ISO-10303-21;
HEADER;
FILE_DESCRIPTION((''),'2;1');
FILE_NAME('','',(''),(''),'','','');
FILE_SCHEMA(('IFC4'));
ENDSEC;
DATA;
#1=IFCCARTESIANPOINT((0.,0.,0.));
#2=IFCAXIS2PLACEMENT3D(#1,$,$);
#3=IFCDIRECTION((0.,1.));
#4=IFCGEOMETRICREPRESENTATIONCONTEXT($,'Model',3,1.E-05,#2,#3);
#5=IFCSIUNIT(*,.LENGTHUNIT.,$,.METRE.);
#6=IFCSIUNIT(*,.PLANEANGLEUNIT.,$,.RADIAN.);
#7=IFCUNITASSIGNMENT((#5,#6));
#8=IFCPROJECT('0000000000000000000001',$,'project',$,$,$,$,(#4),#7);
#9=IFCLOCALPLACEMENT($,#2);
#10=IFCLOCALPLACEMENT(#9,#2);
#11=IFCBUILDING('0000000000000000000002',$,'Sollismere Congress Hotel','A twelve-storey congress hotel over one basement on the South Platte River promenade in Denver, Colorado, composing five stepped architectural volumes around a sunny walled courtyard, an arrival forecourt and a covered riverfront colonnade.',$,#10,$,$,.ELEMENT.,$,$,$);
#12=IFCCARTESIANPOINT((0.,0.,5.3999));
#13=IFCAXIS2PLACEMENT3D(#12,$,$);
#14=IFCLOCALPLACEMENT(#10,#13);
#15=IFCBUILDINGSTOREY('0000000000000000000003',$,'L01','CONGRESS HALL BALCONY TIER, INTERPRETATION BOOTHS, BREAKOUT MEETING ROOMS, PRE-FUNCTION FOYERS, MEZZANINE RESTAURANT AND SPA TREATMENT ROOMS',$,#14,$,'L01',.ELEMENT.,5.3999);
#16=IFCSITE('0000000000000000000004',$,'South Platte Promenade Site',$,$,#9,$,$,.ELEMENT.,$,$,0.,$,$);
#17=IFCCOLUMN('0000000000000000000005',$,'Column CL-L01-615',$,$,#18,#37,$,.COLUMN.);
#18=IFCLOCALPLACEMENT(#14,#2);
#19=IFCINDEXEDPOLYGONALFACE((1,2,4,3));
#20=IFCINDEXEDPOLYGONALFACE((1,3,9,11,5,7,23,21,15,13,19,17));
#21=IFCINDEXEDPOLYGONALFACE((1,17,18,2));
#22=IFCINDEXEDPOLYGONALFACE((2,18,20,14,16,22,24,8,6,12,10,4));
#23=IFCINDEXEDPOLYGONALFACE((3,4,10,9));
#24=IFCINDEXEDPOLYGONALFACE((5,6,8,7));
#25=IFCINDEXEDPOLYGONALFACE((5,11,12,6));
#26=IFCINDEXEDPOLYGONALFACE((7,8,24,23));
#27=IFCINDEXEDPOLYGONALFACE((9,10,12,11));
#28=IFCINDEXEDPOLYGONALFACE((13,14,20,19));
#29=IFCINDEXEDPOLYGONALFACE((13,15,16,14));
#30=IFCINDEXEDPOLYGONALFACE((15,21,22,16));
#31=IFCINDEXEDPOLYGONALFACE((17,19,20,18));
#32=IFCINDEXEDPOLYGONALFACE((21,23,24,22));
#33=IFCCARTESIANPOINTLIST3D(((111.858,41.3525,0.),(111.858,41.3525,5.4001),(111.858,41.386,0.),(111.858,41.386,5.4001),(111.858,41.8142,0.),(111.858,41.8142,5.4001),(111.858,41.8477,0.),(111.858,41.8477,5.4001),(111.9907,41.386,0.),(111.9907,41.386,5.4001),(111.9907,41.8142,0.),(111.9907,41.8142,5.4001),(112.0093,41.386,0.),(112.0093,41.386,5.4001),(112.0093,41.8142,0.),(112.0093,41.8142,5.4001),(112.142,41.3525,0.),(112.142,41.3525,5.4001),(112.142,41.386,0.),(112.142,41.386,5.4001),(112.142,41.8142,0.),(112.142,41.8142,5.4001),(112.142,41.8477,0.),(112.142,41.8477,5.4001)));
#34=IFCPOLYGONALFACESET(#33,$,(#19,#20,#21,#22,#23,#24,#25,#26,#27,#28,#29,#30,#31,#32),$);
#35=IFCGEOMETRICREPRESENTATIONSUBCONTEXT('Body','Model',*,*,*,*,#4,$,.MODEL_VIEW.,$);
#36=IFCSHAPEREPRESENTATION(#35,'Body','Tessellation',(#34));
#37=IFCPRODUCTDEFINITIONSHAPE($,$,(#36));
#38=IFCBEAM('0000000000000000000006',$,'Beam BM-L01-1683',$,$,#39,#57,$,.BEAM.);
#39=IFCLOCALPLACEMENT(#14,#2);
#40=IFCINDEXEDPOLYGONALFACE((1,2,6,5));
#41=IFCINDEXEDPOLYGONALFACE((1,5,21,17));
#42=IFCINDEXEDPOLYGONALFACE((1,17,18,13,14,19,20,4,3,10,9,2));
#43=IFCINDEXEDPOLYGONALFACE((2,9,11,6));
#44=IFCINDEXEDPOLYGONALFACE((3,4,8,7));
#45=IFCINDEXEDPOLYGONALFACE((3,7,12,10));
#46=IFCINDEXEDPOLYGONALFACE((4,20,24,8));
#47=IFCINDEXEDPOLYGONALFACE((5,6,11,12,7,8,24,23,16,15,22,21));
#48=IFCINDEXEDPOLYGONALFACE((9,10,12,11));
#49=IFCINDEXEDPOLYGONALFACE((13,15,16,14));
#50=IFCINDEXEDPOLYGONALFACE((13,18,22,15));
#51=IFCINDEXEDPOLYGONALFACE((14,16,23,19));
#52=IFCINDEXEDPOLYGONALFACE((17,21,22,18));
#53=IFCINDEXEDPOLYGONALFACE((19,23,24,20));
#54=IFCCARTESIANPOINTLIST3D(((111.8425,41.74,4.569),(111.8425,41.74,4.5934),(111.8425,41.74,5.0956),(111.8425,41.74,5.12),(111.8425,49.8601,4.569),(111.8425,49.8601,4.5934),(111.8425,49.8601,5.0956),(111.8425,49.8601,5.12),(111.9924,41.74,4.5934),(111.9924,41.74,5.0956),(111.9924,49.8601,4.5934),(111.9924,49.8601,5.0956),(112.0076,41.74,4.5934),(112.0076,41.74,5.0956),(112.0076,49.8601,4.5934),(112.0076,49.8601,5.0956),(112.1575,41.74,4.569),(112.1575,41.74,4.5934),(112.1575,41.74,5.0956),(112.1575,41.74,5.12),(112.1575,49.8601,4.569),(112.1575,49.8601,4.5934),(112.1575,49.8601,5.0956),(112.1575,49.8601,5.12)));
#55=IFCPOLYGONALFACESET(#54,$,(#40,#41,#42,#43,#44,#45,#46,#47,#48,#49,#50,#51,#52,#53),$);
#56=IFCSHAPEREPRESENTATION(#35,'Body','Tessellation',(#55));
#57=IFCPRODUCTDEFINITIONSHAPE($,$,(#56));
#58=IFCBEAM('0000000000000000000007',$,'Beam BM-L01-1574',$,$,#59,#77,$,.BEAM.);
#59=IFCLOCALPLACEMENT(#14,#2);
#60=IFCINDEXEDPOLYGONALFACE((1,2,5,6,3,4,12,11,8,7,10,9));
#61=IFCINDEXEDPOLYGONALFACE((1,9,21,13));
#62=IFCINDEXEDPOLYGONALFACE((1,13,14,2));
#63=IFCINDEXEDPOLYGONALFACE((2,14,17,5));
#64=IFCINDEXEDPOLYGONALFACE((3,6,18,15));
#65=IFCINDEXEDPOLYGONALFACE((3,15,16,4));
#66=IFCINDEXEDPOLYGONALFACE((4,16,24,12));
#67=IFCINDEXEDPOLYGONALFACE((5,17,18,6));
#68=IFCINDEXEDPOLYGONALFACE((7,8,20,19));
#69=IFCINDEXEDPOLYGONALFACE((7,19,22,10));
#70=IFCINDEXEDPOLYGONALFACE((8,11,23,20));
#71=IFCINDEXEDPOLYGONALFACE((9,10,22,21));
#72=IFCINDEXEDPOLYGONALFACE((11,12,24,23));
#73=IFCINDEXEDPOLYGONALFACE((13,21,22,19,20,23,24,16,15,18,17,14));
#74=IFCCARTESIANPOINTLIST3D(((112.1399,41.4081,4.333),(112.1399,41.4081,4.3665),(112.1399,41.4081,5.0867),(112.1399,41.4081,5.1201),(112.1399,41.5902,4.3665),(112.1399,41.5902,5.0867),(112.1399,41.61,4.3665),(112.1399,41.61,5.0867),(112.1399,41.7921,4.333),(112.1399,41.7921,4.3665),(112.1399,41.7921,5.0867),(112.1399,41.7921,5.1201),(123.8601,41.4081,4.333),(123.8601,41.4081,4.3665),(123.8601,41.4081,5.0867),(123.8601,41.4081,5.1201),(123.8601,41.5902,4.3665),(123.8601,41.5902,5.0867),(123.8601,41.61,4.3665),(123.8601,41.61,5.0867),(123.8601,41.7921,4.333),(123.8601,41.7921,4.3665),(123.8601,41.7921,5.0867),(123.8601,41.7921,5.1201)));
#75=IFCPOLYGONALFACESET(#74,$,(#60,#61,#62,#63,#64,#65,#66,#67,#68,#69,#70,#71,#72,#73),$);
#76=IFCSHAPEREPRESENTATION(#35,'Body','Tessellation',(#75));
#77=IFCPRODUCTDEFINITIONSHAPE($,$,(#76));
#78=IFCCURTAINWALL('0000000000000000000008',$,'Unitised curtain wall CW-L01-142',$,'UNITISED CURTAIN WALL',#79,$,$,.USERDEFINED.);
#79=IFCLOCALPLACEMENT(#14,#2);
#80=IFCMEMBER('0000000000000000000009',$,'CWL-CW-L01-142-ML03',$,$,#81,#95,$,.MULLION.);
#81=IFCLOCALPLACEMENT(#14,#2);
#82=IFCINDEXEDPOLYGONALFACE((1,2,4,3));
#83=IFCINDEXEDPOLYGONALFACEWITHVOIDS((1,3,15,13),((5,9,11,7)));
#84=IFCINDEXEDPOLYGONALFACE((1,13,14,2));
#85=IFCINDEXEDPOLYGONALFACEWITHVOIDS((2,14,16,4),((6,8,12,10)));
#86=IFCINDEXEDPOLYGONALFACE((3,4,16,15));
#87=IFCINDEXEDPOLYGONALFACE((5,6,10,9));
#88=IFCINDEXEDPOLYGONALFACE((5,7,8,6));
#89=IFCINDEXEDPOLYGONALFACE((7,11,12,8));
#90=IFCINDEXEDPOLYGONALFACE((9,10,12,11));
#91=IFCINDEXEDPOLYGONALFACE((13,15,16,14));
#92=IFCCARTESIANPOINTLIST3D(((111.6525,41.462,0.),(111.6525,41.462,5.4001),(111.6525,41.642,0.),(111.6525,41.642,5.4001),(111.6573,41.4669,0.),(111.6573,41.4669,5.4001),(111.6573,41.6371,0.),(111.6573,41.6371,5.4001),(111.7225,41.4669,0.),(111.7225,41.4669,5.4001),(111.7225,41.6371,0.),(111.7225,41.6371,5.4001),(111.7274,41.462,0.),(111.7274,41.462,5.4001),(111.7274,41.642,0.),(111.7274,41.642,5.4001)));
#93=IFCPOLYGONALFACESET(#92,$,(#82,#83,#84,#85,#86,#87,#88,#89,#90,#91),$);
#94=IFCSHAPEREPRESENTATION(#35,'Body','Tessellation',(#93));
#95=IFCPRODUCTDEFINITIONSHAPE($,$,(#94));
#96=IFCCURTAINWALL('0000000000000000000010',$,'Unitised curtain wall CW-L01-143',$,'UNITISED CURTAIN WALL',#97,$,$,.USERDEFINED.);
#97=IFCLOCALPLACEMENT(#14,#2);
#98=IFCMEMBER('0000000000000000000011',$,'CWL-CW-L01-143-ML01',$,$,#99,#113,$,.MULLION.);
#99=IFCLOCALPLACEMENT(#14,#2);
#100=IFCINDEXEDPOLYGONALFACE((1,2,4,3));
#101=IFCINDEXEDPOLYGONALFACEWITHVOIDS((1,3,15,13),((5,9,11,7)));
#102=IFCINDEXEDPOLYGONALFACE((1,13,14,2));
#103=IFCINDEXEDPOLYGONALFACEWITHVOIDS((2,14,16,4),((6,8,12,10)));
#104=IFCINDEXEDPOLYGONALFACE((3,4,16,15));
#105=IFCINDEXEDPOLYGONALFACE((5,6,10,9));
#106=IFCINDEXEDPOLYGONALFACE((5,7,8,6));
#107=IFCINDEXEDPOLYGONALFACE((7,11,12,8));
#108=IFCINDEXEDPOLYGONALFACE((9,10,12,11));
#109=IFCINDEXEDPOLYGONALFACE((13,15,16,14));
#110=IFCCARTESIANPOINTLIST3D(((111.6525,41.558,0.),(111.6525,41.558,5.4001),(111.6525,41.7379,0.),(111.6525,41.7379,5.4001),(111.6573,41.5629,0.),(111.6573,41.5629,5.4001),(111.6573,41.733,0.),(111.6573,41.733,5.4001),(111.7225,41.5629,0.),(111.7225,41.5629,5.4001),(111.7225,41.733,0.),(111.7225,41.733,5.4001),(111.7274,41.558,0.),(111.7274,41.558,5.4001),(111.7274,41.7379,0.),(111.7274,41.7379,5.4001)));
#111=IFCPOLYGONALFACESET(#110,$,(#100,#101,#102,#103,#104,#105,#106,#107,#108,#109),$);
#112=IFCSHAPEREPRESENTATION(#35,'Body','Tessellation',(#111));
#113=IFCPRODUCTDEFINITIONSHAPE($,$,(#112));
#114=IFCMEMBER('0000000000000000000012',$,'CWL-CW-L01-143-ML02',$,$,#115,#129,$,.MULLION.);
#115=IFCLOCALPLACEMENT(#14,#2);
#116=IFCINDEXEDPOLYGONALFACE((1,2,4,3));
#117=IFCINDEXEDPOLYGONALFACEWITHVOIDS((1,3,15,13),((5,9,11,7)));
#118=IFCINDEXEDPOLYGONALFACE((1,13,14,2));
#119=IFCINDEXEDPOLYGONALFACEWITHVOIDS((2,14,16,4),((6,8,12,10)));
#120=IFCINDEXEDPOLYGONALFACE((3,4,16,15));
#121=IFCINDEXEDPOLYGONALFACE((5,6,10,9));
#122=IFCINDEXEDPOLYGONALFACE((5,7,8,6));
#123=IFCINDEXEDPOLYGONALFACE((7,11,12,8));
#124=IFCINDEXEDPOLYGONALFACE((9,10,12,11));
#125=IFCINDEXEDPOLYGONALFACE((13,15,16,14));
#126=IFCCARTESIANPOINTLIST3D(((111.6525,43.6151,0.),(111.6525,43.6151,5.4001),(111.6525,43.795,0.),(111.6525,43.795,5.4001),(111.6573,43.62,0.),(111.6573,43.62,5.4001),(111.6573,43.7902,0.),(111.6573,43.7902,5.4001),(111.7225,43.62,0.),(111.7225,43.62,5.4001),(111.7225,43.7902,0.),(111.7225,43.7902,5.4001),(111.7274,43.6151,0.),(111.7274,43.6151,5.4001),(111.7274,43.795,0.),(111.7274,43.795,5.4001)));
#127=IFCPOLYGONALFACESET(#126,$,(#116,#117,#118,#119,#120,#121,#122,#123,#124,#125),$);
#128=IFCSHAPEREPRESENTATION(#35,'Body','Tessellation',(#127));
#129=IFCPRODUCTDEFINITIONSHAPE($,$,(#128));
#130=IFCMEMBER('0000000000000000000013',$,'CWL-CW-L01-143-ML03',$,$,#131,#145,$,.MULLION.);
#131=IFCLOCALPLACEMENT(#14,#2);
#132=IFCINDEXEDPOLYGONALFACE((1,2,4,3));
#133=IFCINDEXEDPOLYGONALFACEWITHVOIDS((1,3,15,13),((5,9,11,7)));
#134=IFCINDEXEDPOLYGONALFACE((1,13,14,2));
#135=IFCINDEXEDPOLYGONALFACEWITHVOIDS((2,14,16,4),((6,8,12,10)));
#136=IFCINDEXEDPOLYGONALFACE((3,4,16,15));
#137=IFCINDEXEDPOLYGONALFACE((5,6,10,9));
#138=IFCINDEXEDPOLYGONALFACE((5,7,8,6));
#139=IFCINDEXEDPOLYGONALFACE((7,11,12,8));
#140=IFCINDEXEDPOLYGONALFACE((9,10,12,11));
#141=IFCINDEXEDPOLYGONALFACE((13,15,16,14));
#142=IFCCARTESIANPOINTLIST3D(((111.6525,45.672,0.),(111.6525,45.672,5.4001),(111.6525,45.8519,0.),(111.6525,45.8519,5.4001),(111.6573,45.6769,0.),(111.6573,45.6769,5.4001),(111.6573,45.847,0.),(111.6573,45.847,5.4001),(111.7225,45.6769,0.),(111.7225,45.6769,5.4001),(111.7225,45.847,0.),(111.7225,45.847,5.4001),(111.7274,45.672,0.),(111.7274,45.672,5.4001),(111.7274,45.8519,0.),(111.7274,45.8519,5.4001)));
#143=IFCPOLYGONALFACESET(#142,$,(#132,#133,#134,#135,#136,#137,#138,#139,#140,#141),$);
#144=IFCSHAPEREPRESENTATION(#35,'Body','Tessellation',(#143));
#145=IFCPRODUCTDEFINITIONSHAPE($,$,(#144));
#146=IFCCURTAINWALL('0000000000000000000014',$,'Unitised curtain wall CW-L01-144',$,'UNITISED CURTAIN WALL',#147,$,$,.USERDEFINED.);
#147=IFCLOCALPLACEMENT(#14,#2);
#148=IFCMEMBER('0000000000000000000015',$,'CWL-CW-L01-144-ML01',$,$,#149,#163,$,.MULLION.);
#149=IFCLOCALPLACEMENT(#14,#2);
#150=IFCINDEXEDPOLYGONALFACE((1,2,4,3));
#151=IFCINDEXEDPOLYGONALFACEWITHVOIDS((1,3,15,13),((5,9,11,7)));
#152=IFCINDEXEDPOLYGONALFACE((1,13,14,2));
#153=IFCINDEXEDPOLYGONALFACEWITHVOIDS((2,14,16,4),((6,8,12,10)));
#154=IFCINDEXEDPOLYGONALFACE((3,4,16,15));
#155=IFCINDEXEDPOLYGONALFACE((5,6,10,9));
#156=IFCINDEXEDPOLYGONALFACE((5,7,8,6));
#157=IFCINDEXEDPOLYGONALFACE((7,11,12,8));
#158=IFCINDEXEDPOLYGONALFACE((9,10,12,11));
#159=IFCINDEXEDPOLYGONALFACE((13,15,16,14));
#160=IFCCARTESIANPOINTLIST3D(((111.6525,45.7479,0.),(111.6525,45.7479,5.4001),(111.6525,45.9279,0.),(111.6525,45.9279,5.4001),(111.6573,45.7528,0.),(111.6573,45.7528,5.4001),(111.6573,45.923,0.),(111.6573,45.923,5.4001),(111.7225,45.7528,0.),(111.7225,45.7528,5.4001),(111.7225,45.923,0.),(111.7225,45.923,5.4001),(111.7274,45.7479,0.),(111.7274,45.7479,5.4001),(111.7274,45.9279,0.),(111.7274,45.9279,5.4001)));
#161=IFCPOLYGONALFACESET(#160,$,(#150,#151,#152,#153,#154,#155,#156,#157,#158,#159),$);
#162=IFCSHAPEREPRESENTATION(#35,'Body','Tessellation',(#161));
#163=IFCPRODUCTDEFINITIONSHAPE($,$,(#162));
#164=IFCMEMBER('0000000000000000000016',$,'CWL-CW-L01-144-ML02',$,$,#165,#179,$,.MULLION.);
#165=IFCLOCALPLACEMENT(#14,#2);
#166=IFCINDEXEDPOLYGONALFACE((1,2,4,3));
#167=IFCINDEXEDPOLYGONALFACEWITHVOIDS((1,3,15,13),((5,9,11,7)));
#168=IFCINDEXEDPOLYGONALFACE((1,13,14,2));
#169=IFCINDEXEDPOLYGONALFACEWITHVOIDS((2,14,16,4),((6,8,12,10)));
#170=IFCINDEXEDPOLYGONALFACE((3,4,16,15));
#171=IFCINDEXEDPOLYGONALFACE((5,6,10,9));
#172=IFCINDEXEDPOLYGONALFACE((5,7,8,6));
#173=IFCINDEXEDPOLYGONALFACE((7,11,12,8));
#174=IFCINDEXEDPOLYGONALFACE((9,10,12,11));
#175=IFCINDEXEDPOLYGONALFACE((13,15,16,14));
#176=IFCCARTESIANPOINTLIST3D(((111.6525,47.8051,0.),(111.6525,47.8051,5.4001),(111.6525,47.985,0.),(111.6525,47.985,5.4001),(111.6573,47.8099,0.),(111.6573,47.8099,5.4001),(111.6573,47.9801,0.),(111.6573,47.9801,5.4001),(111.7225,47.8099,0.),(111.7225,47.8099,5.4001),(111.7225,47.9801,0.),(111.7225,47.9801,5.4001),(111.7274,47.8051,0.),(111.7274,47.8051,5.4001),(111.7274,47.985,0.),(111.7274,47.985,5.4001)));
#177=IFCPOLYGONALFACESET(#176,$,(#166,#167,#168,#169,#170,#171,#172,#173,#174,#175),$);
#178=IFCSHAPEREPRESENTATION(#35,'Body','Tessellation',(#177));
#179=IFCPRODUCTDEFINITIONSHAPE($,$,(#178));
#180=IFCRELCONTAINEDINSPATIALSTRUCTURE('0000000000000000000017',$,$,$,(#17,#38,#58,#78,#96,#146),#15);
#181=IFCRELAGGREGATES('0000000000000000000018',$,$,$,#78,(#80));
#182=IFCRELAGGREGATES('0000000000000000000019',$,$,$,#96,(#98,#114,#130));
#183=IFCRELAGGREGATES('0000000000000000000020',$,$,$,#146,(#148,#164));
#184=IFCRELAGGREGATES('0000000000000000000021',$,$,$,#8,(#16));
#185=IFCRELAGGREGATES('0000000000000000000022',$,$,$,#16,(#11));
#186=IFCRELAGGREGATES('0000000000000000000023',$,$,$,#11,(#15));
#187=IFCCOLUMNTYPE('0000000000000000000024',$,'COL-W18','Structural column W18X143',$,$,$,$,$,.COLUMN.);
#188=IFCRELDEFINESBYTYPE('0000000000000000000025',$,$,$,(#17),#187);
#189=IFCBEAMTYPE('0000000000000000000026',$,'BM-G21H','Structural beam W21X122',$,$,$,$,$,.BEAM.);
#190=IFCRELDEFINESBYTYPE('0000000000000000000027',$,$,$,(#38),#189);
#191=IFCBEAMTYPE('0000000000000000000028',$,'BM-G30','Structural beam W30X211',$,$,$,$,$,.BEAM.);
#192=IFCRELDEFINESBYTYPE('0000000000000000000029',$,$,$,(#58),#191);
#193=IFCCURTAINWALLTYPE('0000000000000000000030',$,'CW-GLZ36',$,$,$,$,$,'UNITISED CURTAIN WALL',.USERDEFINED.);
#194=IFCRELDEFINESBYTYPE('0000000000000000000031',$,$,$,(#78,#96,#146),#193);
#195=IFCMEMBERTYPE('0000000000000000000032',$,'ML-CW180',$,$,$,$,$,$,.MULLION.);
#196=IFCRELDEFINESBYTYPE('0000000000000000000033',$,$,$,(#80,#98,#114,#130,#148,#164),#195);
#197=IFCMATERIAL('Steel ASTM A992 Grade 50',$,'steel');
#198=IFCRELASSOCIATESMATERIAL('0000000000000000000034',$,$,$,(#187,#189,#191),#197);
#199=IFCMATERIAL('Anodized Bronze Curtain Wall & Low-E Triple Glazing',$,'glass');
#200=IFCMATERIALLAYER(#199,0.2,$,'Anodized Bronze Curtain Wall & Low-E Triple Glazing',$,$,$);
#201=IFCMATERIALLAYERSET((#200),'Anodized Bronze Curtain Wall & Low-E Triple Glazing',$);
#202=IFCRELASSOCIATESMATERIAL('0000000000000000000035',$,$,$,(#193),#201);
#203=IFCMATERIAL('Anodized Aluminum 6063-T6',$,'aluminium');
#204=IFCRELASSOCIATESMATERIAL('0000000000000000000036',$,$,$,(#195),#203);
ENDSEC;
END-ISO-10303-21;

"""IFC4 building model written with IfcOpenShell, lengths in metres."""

from ifc_helpers import new_model, si_unit, direction, frame, origin, origin_2d, place, context, subcontext, project, spatial, hollow_rectangle, i_section, extrude, material, layer, layer_set, material_profile, profile_set, type_object, element, aggregate, save


model = new_model("IFC4")

# Units and contexts
model_context = context("Model", 3, precision=1e-05, world=origin(), true_north=direction((0.0, 1.0)))
body_context = subcontext(model_context, "Body", "Model", "MODEL_VIEW")
ifc_project = project(units=[si_unit("LENGTHUNIT", "METRE"), si_unit("PLANEANGLEUNIT", "RADIAN")], contexts=[model_context])

# Site, building, storey
site_placement = place(None, origin())
site = spatial("IfcSite", under=ifc_project, at=site_placement, Name="South Platte Promenade Site", CompositionType="ELEMENT", RefElevation=0.0)
building_placement = place(site_placement, origin())
building = spatial("IfcBuilding", under=site, at=building_placement, Name="Sollismere Congress Hotel", Description="A twelve-storey congress hotel over one basement on the South Platte River promenade in Denver, Colorado, composing five stepped architectural volumes around a sunny walled courtyard, an arrival forecourt and a covered riverfront colonnade.", CompositionType="ELEMENT")
storey_placement = place(building_placement, frame((0.0, 0.0, 5.3999)))
storey = spatial("IfcBuildingStorey", under=building, at=storey_placement, Name="L01", Description="CONGRESS HALL BALCONY TIER, INTERPRETATION BOOTHS, BREAKOUT MEETING ROOMS, PRE-FUNCTION FOYERS, MEZZANINE RESTAURANT AND SPA TREATMENT ROOMS", LongName="L01", CompositionType="ELEMENT", Elevation=5.3999)

# Column
ifc_material_1 = material(Name="Steel ASTM A992 Grade 50", Category="steel")
ifc_material_profile_1 = material_profile(ifc_material_1, i_section(OverallWidth=0.2839, OverallDepth=0.4951, WebThickness=0.0186, FlangeThickness=0.0334, at=origin_2d()), Name="W18X143")
ifc_profile_set_1 = profile_set([ifc_material_profile_1], Name="Steel ASTM A992 Grade 50")
column_type = type_object("IfcColumnType", Name="COL-W18", Description="Structural column W18X143", PredefinedType="COLUMN", material=ifc_profile_set_1)
column_placement = place(storey_placement, frame((112.0, 41.6001, 0.0), z_axis=(0.0, 0.0, 1.0), x_axis=(1.0, 0.0, 0.0)))
element("IfcColumn", 1, at=column_placement, inside=storey, type_object=column_type, Name="Column CL-L01-615", PredefinedType="COLUMN", context=body_context, shape_type="SweptSolid", body=[
    extrude(i_section(OverallWidth=0.2839, OverallDepth=0.4951, WebThickness=0.0186, FlangeThickness=0.0334, at=origin_2d()), origin(), (0.0, 0.0, 1.0), 5.4001),
])

# Beams
ifc_material_profile_2 = material_profile(ifc_material_1, i_section(OverallWidth=0.3149, OverallDepth=0.551, WebThickness=0.0151, FlangeThickness=0.0244, at=origin_2d()), Name="W21X122")
ifc_profile_set_2 = profile_set([ifc_material_profile_2], Name="Steel ASTM A992 Grade 50")
beam_type_1 = type_object("IfcBeamType", Name="BM-G21H", Description="Structural beam W21X122", PredefinedType="BEAM", material=ifc_profile_set_2)
beam_1_placement = place(storey_placement, frame((112.0, 41.74, 4.8445), z_axis=(0.0, 1.0, 0.0), x_axis=(-1.0, 0.0, 0.0)))
element("IfcBeam", 2, at=beam_1_placement, inside=storey, type_object=beam_type_1, Name="Beam BM-L01-1683", PredefinedType="BEAM", context=body_context, shape_type="SweptSolid", body=[
    extrude(i_section(OverallWidth=0.3149, OverallDepth=0.551, WebThickness=0.0151, FlangeThickness=0.0244, at=origin_2d()), origin(), (0.0, 0.0, 1.0), 8.1201),
])
ifc_material_profile_3 = material_profile(ifc_material_1, i_section(OverallWidth=0.384, OverallDepth=0.7871, WebThickness=0.0198, FlangeThickness=0.0334, at=origin_2d()), Name="W30X211")
ifc_profile_set_3 = profile_set([ifc_material_profile_3], Name="Steel ASTM A992 Grade 50")
beam_type_2 = type_object("IfcBeamType", Name="BM-G30", Description="Structural beam W30X211", PredefinedType="BEAM", material=ifc_profile_set_3)
beam_2_placement = place(storey_placement, frame((112.1399, 41.6001, 4.7266), z_axis=(1.0, 0.0, 0.0), x_axis=(0.0, 1.0, 0.0)))
element("IfcBeam", 3, at=beam_2_placement, inside=storey, type_object=beam_type_2, Name="Beam BM-L01-1574", PredefinedType="BEAM", context=body_context, shape_type="SweptSolid", body=[
    extrude(i_section(OverallWidth=0.384, OverallDepth=0.7871, WebThickness=0.0198, FlangeThickness=0.0334, at=origin_2d()), origin(), (0.0, 0.0, 1.0), 11.7202),
])

# Curtain wall, member
ifc_material_2 = material(Name="Anodized Bronze Curtain Wall & Low-E Triple Glazing", Category="glass")
ifc_layer_1 = layer(ifc_material_2, 0.2, Name="Anodized Bronze Curtain Wall & Low-E Triple Glazing")
ifc_layer_set_1 = layer_set([ifc_layer_1], Name="Anodized Bronze Curtain Wall & Low-E Triple Glazing")
curtain_wall_type = type_object("IfcCurtainWallType", Name="CW-GLZ36", ElementType="UNITISED CURTAIN WALL", PredefinedType="USERDEFINED", material=ifc_layer_set_1)
curtain_wall_1_placement = place(storey_placement, origin())
curtain_wall_1 = element("IfcCurtainWall", 4, at=curtain_wall_1_placement, inside=storey, type_object=curtain_wall_type, Name="Unitised curtain wall CW-L01-142", ObjectType="UNITISED CURTAIN WALL", PredefinedType="USERDEFINED")
ifc_material_3 = material(Name="Anodized Aluminum 6063-T6", Category="aluminium")
ifc_material_profile_4 = material_profile(ifc_material_3, hollow_rectangle(XDim=0.075, YDim=0.1799, WallThickness=0.0049, at=origin_2d()), Name="ALU180X75X5")
ifc_profile_set_4 = profile_set([ifc_material_profile_4], Name="Anodized Aluminum 6063-T6")
member_type_1 = type_object("IfcMemberType", Name="ML-CW180", PredefinedType="MULLION", material=ifc_profile_set_4)
member_1_placement = place(storey_placement, frame((111.6899, 41.552, 0.0), z_axis=(0.0, 0.0, 1.0), x_axis=(-1.0, 0.0, 0.0)))
member_1 = element("IfcMember", 5, at=member_1_placement, type_object=member_type_1, Name="CWL-CW-L01-142-ML03", PredefinedType="MULLION", context=body_context, shape_type="SweptSolid", body=[
    extrude(hollow_rectangle(XDim=0.075, YDim=0.1799, WallThickness=0.0049, at=origin_2d()), origin(), (0.0, 0.0, 1.0), 5.4001),
])

# Curtain walls, members
curtain_wall_2_placement = place(storey_placement, origin())
curtain_wall_2 = element("IfcCurtainWall", 6, at=curtain_wall_2_placement, inside=storey, type_object=curtain_wall_type, Name="Unitised curtain wall CW-L01-143", ObjectType="UNITISED CURTAIN WALL", PredefinedType="USERDEFINED")
member_2_placement = place(storey_placement, frame((111.6899, 41.6479, 0.0), z_axis=(0.0, 0.0, 1.0), x_axis=(-1.0, 0.0, 0.0)))
member_2 = element("IfcMember", 7, at=member_2_placement, type_object=member_type_1, Name="CWL-CW-L01-143-ML01", PredefinedType="MULLION", context=body_context, shape_type="SweptSolid", body=[
    extrude(hollow_rectangle(XDim=0.075, YDim=0.1799, WallThickness=0.0049, at=origin_2d()), origin(), (0.0, 0.0, 1.0), 5.4001),
])
member_3_placement = place(storey_placement, frame((111.6899, 43.7051, 0.0), z_axis=(0.0, 0.0, 1.0), x_axis=(-1.0, 0.0, 0.0)))
member_3 = element("IfcMember", 8, at=member_3_placement, type_object=member_type_1, Name="CWL-CW-L01-143-ML02", PredefinedType="MULLION", context=body_context, shape_type="SweptSolid", body=[
    extrude(hollow_rectangle(XDim=0.075, YDim=0.1799, WallThickness=0.0049, at=origin_2d()), origin(), (0.0, 0.0, 1.0), 5.4001),
])
member_4_placement = place(storey_placement, frame((111.6899, 45.762, 0.0), z_axis=(0.0, 0.0, 1.0), x_axis=(-1.0, 0.0, 0.0)))
member_4 = element("IfcMember", 9, at=member_4_placement, type_object=member_type_1, Name="CWL-CW-L01-143-ML03", PredefinedType="MULLION", context=body_context, shape_type="SweptSolid", body=[
    extrude(hollow_rectangle(XDim=0.075, YDim=0.1799, WallThickness=0.0049, at=origin_2d()), origin(), (0.0, 0.0, 1.0), 5.4001),
])
curtain_wall_3_placement = place(storey_placement, origin())
curtain_wall_3 = element("IfcCurtainWall", 10, at=curtain_wall_3_placement, inside=storey, type_object=curtain_wall_type, Name="Unitised curtain wall CW-L01-144", ObjectType="UNITISED CURTAIN WALL", PredefinedType="USERDEFINED")
member_5_placement = place(storey_placement, frame((111.6899, 45.8379, 0.0), z_axis=(0.0, 0.0, 1.0), x_axis=(-1.0, 0.0, 0.0)))
member_5 = element("IfcMember", 11, at=member_5_placement, type_object=member_type_1, Name="CWL-CW-L01-144-ML01", PredefinedType="MULLION", context=body_context, shape_type="SweptSolid", body=[
    extrude(hollow_rectangle(XDim=0.075, YDim=0.1799, WallThickness=0.0049, at=origin_2d()), origin(), (0.0, 0.0, 1.0), 5.4001),
])
member_6_placement = place(storey_placement, frame((111.6899, 47.895, 0.0), z_axis=(0.0, 0.0, 1.0), x_axis=(-1.0, 0.0, 0.0)))
member_6 = element("IfcMember", 12, at=member_6_placement, type_object=member_type_1, Name="CWL-CW-L01-144-ML02", PredefinedType="MULLION", context=body_context, shape_type="SweptSolid", body=[
    extrude(hollow_rectangle(XDim=0.075, YDim=0.1799, WallThickness=0.0049, at=origin_2d()), origin(), (0.0, 0.0, 1.0), 5.4001),
])

aggregate(curtain_wall_1, [member_1])
aggregate(curtain_wall_2, [member_2, member_3, member_4])
aggregate(curtain_wall_3, [member_5, member_6])

save(model, "model.ifc")
